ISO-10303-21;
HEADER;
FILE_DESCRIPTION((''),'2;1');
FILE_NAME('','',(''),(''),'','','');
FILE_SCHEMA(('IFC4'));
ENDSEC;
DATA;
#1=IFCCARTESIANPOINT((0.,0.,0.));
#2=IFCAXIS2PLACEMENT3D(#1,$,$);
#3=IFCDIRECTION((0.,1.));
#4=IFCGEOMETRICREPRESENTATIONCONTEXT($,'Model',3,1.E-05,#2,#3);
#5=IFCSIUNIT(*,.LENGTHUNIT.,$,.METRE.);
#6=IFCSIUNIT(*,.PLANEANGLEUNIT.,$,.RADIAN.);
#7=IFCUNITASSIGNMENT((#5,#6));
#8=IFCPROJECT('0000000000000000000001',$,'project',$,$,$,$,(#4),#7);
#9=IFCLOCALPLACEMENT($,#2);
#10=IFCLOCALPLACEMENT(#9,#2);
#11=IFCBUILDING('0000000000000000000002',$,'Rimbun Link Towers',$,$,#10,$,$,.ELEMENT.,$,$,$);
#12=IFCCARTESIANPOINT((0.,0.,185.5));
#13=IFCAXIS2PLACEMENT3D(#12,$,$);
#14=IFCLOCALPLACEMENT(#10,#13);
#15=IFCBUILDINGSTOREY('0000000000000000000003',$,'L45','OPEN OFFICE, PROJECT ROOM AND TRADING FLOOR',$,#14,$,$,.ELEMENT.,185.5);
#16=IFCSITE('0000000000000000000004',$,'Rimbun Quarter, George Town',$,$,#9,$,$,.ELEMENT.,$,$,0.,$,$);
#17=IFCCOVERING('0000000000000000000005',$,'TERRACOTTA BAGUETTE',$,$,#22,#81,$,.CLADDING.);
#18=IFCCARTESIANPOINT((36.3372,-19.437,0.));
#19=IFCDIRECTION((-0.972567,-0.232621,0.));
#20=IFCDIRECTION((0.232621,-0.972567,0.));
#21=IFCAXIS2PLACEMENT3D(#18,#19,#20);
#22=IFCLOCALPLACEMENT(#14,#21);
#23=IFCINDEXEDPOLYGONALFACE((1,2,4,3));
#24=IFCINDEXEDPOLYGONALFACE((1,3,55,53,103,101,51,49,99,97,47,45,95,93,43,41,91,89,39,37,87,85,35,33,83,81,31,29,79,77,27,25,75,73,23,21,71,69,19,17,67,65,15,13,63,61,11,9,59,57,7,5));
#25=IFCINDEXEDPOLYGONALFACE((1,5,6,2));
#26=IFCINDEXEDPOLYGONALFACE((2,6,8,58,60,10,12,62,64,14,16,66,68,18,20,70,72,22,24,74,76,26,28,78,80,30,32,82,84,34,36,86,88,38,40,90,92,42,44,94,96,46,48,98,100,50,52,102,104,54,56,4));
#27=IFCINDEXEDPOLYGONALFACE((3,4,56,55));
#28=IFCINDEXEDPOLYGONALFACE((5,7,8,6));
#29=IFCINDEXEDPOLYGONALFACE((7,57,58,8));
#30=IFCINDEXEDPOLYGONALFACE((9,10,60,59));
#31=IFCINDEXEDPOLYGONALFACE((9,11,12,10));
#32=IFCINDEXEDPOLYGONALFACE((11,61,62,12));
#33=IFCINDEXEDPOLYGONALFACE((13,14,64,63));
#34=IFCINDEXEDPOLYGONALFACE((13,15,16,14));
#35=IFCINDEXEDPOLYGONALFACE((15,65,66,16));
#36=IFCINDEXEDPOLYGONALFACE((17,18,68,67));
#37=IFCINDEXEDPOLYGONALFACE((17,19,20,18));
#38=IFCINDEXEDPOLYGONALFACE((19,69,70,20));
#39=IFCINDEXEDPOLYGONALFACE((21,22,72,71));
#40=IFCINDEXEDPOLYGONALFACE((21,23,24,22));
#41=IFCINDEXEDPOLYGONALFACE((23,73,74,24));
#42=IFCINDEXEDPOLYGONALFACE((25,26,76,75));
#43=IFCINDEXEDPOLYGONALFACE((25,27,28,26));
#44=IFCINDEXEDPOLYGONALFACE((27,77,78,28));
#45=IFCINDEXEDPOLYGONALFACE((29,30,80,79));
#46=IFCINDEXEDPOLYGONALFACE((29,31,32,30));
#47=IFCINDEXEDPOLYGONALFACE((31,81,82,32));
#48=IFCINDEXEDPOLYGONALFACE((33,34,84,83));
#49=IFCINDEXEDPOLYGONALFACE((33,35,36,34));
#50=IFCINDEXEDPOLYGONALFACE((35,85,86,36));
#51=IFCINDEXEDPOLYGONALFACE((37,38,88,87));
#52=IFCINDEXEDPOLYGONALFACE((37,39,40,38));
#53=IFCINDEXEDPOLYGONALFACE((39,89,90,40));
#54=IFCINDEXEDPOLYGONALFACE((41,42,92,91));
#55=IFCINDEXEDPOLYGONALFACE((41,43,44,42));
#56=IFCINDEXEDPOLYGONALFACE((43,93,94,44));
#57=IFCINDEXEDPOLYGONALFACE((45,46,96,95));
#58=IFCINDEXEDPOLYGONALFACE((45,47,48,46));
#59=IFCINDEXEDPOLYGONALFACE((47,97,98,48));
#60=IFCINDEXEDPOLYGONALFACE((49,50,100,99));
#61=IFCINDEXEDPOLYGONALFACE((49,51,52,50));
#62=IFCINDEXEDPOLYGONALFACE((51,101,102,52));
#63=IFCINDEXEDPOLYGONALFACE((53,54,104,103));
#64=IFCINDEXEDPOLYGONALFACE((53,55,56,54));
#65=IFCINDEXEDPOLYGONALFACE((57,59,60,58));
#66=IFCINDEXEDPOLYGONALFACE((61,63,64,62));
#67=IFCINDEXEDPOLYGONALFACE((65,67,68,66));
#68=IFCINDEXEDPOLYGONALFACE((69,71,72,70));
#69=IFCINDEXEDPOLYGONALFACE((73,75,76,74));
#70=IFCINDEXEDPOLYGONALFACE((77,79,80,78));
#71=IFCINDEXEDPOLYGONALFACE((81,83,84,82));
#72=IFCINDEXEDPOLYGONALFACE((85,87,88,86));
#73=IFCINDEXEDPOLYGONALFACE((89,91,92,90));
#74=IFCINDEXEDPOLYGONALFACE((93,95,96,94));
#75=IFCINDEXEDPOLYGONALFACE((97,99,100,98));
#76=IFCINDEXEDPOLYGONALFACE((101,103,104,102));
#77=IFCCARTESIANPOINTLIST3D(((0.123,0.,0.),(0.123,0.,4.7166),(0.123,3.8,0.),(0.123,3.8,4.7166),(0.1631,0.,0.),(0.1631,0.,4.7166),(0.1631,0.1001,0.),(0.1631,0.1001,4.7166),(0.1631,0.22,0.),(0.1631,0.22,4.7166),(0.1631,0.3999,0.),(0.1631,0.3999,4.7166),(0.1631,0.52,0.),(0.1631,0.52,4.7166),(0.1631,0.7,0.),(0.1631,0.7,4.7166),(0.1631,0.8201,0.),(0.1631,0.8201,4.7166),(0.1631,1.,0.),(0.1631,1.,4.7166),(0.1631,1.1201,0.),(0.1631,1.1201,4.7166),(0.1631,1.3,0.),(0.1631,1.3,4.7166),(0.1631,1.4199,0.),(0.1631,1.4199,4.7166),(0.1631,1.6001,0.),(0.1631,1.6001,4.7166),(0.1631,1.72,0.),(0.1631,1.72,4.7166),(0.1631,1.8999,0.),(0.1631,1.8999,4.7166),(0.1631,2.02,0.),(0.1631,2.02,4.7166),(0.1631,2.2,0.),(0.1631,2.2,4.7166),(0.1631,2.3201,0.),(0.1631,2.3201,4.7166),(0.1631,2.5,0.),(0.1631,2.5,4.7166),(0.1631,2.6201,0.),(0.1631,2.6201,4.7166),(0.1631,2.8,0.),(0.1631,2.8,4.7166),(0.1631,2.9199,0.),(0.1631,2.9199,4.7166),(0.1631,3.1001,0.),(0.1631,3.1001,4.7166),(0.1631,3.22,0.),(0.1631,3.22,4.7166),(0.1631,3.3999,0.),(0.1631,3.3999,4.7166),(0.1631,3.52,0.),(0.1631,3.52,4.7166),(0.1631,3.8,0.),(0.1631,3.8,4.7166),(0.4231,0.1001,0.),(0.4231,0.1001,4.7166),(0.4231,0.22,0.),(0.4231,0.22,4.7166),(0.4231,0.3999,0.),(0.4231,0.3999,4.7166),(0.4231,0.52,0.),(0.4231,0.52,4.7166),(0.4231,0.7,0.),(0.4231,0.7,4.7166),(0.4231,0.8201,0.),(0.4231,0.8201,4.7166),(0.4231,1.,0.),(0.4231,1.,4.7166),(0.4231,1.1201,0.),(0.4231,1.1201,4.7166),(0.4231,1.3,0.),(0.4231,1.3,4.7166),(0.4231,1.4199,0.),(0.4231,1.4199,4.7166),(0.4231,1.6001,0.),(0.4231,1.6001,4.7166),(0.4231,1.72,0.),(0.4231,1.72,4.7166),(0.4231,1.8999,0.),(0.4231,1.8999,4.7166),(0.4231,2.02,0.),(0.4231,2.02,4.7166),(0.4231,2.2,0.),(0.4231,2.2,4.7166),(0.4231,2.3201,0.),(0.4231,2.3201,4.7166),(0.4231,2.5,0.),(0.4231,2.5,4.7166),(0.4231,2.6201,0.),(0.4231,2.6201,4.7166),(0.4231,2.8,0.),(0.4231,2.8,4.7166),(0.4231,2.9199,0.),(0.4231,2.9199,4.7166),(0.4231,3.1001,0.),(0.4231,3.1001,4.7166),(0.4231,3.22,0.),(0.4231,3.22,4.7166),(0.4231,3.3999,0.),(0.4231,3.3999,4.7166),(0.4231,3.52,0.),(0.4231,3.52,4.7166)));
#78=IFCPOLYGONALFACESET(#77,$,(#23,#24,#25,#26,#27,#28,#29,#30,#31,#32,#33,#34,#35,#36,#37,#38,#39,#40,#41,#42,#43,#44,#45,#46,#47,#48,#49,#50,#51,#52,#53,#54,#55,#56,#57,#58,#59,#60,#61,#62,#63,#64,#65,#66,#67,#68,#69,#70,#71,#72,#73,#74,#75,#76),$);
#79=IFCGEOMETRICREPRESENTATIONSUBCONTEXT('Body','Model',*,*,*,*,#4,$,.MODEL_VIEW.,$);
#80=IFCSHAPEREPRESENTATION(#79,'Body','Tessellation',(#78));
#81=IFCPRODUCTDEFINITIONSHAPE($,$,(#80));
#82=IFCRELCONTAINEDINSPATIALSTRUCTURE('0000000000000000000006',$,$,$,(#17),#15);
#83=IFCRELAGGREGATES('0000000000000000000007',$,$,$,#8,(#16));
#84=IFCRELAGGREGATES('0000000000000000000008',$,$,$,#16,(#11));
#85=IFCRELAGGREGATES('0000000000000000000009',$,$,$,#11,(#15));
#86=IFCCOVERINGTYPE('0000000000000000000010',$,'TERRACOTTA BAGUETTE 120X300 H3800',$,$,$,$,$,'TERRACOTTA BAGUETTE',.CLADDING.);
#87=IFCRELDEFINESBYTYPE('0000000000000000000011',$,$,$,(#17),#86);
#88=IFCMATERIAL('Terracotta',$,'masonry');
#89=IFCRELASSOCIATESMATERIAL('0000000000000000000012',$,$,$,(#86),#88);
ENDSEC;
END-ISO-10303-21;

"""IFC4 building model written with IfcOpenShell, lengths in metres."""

from ifc_helpers import new_model, si_unit, direction, frame, origin, place, context, subcontext, project, spatial, polyline, outline, extrude, material, material_profile, profile_set, type_object, element, save


model = new_model("IFC4")

# Units and contexts
model_context = context("Model", 3, precision=1e-05, world=origin(), true_north=direction((0.0, 1.0)))
body_context = subcontext(model_context, "Body", "Model", "MODEL_VIEW")
ifc_project = project(units=[si_unit("LENGTHUNIT", "METRE"), si_unit("PLANEANGLEUNIT", "RADIAN")], contexts=[model_context])

# Site, building, storey
site_placement = place(None, origin())
site = spatial("IfcSite", under=ifc_project, at=site_placement, Name="Rimbun Quarter, George Town", CompositionType="ELEMENT", RefElevation=0.0)
building_placement = place(site_placement, origin())
building = spatial("IfcBuilding", under=site, at=building_placement, Name="Rimbun Link Towers", CompositionType="ELEMENT")
storey_placement = place(building_placement, frame((0.0, 0.0, 185.5)))
storey = spatial("IfcBuildingStorey", under=building, at=storey_placement, Name="L45", Description="OPEN OFFICE, PROJECT ROOM AND TRADING FLOOR", CompositionType="ELEMENT", Elevation=185.5)

# Covering
ifc_material_1 = material(Name="Terracotta", Category="masonry")
ifc_material_profile_1 = material_profile(ifc_material_1, outline(polyline([(0.123, 0.0), (0.1631, 0.0), (0.1631, 0.1001), (0.4231, 0.1001), (0.4231, 0.22), (0.1631, 0.22), (0.1631, 0.3999), (0.4231, 0.3999), (0.4231, 0.52), (0.1631, 0.52), (0.1631, 0.7), (0.4231, 0.7), (0.4231, 0.8201), (0.1631, 0.8201), (0.1631, 1.0), (0.4231, 1.0), (0.4231, 1.1201), (0.1631, 1.1201), (0.1631, 1.3), (0.4231, 1.3), (0.4231, 1.4199), (0.1631, 1.4199), (0.1631, 1.6001), (0.4231, 1.6001), (0.4231, 1.72), (0.1631, 1.72), (0.1631, 1.8999), (0.4231, 1.8999), (0.4231, 2.02), (0.1631, 2.02), (0.1631, 2.2), (0.4231, 2.2), (0.4231, 2.3201), (0.1631, 2.3201), (0.1631, 2.5), (0.4231, 2.5), (0.4231, 2.6201), (0.1631, 2.6201), (0.1631, 2.8), (0.4231, 2.8), (0.4231, 2.9199), (0.1631, 2.9199), (0.1631, 3.1001), (0.4231, 3.1001), (0.4231, 3.22), (0.1631, 3.22), (0.1631, 3.3999), (0.4231, 3.3999), (0.4231, 3.52), (0.1631, 3.52), (0.1631, 3.8), (0.123, 3.8), (0.123, 0.0)])), Name="BAGUETTE 120X300")
ifc_profile_set_1 = profile_set([ifc_material_profile_1], Name="Terracotta")
covering_type = type_object("IfcCoveringType", Name="TERRACOTTA BAGUETTE 120X300 H3800", ElementType="TERRACOTTA BAGUETTE", PredefinedType="CLADDING", material=ifc_profile_set_1)
covering_1_placement = place(storey_placement, frame((36.3372, -19.437, 0.0), z_axis=(-0.972567, -0.232621, 0.0), x_axis=(0.232621, -0.972567, 0.0)))
element("IfcCovering", 1, at=covering_1_placement, inside=storey, type_object=covering_type, Name="TERRACOTTA BAGUETTE", PredefinedType="CLADDING", context=body_context, shape_type="SweptSolid", body=[
    extrude(outline(polyline([(0.123, 0.0), (0.1631, 0.0), (0.1631, 0.1001), (0.4231, 0.1001), (0.4231, 0.22), (0.1631, 0.22), (0.1631, 0.3999), (0.4231, 0.3999), (0.4231, 0.52), (0.1631, 0.52), (0.1631, 0.7), (0.4231, 0.7), (0.4231, 0.8201), (0.1631, 0.8201), (0.1631, 1.0), (0.4231, 1.0), (0.4231, 1.1201), (0.1631, 1.1201), (0.1631, 1.3), (0.4231, 1.3), (0.4231, 1.4199), (0.1631, 1.4199), (0.1631, 1.6001), (0.4231, 1.6001), (0.4231, 1.72), (0.1631, 1.72), (0.1631, 1.8999), (0.4231, 1.8999), (0.4231, 2.02), (0.1631, 2.02), (0.1631, 2.2), (0.4231, 2.2), (0.4231, 2.3201), (0.1631, 2.3201), (0.1631, 2.5), (0.4231, 2.5), (0.4231, 2.6201), (0.1631, 2.6201), (0.1631, 2.8), (0.4231, 2.8), (0.4231, 2.9199), (0.1631, 2.9199), (0.1631, 3.1001), (0.4231, 3.1001), (0.4231, 3.22), (0.1631, 3.22), (0.1631, 3.3999), (0.4231, 3.3999), (0.4231, 3.52), (0.1631, 3.52), (0.1631, 3.8), (0.123, 3.8), (0.123, 0.0)])), origin(), (0.0, 0.0, 1.0), 4.7166),
])

save(model, "model.ifc")
